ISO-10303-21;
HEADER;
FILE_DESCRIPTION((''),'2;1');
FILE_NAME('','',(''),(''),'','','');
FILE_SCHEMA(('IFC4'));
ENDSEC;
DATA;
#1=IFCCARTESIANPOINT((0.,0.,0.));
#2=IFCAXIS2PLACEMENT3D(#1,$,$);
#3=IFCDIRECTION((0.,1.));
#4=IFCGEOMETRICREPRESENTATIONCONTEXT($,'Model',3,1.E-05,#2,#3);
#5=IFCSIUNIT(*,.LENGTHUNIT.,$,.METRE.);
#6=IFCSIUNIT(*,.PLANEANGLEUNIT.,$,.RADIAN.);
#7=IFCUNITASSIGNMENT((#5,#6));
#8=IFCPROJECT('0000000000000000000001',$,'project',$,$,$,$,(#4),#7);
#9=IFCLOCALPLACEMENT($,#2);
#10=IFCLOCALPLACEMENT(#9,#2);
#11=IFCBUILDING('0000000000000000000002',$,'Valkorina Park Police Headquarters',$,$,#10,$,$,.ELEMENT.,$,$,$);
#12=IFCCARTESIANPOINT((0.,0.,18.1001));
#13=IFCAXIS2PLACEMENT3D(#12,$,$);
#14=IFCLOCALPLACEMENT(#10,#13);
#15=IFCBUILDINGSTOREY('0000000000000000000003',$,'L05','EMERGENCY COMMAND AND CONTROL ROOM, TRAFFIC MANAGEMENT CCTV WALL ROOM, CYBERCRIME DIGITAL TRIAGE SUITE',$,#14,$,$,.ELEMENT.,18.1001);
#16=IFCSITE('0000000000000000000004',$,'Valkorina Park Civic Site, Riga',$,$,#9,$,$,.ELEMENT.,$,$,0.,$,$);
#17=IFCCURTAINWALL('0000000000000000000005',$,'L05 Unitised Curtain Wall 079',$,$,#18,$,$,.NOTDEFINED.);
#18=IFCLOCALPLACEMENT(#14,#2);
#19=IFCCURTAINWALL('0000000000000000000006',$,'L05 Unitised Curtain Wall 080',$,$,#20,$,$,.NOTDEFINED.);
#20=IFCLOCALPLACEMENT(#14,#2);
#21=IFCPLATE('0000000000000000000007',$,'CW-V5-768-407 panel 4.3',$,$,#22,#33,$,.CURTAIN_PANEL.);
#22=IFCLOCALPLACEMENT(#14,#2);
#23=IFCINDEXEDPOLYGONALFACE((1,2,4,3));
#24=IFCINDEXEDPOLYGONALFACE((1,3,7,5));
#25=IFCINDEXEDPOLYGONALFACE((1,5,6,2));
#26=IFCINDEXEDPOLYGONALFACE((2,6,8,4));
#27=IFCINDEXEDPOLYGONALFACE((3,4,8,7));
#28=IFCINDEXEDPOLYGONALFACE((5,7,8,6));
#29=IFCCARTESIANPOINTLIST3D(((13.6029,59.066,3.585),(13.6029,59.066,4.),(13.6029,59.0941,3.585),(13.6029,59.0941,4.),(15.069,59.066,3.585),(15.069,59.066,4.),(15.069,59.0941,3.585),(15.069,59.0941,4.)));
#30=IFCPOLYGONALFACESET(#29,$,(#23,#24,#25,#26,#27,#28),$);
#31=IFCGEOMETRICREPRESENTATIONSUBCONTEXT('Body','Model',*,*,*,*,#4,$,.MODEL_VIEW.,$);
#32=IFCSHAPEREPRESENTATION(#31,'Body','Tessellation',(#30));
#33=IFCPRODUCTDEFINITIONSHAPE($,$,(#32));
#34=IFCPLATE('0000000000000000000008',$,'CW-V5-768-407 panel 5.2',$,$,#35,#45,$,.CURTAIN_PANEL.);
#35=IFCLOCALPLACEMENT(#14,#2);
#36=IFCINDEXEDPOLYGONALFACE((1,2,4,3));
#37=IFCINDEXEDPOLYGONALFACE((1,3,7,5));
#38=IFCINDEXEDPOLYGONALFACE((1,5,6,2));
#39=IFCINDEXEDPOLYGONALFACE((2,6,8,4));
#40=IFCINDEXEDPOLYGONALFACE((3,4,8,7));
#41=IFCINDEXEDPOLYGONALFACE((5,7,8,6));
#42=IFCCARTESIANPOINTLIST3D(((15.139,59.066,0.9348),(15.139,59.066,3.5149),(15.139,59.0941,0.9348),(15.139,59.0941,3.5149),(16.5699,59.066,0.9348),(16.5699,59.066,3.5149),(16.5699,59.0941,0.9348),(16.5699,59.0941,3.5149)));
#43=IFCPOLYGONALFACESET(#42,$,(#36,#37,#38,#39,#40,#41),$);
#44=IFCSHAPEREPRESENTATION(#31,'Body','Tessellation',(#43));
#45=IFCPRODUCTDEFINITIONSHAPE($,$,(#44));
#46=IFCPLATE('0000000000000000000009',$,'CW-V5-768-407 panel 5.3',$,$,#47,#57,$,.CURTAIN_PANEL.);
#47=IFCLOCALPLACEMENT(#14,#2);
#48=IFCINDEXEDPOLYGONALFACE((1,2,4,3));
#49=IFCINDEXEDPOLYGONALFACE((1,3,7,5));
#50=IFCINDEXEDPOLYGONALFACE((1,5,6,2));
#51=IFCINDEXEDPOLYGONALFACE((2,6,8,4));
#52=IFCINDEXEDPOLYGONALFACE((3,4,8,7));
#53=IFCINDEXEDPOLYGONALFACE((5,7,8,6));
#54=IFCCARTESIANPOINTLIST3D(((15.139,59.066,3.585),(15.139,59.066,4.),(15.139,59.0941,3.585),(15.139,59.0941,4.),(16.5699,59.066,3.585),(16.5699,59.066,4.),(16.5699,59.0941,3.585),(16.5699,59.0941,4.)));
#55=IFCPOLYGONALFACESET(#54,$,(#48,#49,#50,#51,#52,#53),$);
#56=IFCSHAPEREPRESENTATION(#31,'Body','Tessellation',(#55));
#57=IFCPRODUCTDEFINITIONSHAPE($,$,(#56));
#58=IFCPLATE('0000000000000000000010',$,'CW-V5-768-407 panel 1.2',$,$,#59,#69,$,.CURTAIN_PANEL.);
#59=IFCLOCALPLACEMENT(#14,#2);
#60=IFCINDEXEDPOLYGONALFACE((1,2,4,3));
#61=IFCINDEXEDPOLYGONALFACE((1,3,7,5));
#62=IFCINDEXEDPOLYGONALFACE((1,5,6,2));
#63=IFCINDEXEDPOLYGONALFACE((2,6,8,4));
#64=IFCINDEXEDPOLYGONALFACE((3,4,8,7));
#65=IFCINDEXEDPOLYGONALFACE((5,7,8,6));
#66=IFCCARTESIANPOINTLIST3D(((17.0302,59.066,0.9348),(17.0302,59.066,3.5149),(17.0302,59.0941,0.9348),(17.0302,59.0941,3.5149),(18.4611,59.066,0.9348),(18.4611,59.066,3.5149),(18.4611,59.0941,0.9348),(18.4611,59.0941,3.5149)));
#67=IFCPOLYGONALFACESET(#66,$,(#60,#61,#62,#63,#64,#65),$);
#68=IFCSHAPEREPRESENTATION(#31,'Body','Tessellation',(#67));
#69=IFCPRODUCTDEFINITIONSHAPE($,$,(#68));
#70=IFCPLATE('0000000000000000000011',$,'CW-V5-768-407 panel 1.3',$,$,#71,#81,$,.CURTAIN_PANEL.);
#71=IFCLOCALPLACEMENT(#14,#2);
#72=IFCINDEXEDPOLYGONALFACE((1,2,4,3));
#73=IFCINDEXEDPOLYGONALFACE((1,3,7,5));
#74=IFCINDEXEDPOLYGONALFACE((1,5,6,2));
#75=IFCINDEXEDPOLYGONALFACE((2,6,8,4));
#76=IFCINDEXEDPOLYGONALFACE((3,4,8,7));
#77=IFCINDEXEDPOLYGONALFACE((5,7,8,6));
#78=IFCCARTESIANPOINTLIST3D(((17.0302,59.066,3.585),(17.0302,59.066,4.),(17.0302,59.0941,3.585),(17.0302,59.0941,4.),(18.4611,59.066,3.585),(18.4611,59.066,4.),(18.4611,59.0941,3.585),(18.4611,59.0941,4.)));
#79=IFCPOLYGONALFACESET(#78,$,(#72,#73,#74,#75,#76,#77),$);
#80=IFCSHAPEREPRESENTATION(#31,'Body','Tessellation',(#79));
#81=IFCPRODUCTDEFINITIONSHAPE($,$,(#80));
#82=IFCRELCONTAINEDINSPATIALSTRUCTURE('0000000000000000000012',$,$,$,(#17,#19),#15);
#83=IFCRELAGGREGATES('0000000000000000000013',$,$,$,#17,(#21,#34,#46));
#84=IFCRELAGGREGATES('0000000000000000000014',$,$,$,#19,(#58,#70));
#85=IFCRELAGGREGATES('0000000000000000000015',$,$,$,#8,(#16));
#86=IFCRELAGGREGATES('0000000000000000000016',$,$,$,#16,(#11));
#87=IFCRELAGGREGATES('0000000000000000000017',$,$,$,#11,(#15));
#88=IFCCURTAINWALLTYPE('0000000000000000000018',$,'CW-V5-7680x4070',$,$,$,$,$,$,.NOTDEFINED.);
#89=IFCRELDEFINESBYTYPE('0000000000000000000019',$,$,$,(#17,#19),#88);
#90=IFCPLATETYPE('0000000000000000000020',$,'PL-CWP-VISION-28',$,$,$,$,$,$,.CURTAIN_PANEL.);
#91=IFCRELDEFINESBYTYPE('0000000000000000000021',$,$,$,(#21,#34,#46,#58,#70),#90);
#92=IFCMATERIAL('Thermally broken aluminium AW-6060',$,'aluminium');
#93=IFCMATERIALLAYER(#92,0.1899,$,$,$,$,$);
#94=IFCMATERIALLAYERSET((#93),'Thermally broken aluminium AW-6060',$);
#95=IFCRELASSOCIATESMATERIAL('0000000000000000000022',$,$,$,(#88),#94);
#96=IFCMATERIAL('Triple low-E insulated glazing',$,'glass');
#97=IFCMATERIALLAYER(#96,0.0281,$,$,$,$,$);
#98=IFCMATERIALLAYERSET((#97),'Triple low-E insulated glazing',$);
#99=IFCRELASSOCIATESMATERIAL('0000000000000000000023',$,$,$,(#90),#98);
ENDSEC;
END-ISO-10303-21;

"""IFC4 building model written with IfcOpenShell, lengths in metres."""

from ifc_helpers import new_model, si_unit, direction, frame, origin, origin_2d, place, context, subcontext, project, spatial, rectangle, extrude, material, layer, layer_set, type_object, element, aggregate, save


model = new_model("IFC4")

# Units and contexts
model_context = context("Model", 3, precision=1e-05, world=origin(), true_north=direction((0.0, 1.0)))
body_context = subcontext(model_context, "Body", "Model", "MODEL_VIEW")
ifc_project = project(units=[si_unit("LENGTHUNIT", "METRE"), si_unit("PLANEANGLEUNIT", "RADIAN")], contexts=[model_context])

# Site, building, storey
site_placement = place(None, origin())
site = spatial("IfcSite", under=ifc_project, at=site_placement, Name="Valkorina Park Civic Site, Riga", CompositionType="ELEMENT", RefElevation=0.0)
building_placement = place(site_placement, origin())
building = spatial("IfcBuilding", under=site, at=building_placement, Name="Valkorina Park Police Headquarters", CompositionType="ELEMENT")
storey_placement = place(building_placement, frame((0.0, 0.0, 18.1001)))
storey = spatial("IfcBuildingStorey", under=building, at=storey_placement, Name="L05", Description="EMERGENCY COMMAND AND CONTROL ROOM, TRAFFIC MANAGEMENT CCTV WALL ROOM, CYBERCRIME DIGITAL TRIAGE SUITE", CompositionType="ELEMENT", Elevation=18.1001)

# Curtain walls
ifc_material_1 = material(Name="Thermally broken aluminium AW-6060", Category="aluminium")
ifc_layer_1 = layer(ifc_material_1, 0.1899)
ifc_layer_set_1 = layer_set([ifc_layer_1], Name="Thermally broken aluminium AW-6060")
curtain_wall_type = type_object("IfcCurtainWallType", Name="CW-V5-7680x4070", PredefinedType="NOTDEFINED", material=ifc_layer_set_1)
curtain_wall_1_placement = place(storey_placement, origin())
curtain_wall_1 = element("IfcCurtainWall", 1, at=curtain_wall_1_placement, inside=storey, type_object=curtain_wall_type, Name="L05 Unitised Curtain Wall 079", PredefinedType="NOTDEFINED")
curtain_wall_2_placement = place(storey_placement, origin())
curtain_wall_2 = element("IfcCurtainWall", 2, at=curtain_wall_2_placement, inside=storey, type_object=curtain_wall_type, Name="L05 Unitised Curtain Wall 080", PredefinedType="NOTDEFINED")

# Plates
ifc_material_2 = material(Name="Triple low-E insulated glazing", Category="glass")
ifc_layer_2 = layer(ifc_material_2, 0.0281)
ifc_layer_set_2 = layer_set([ifc_layer_2], Name="Triple low-E insulated glazing")
plate_type_1 = type_object("IfcPlateType", Name="PL-CWP-VISION-28", PredefinedType="CURTAIN_PANEL", material=ifc_layer_set_2)
plate_1_placement = place(storey_placement, frame((14.3359, 59.0801, 3.585), z_axis=(0.0, 0.0, 1.0), x_axis=(1.0, 0.0, 0.0)))
plate_1 = element("IfcPlate", 3, at=plate_1_placement, type_object=plate_type_1, Name="CW-V5-768-407 panel 4.3", PredefinedType="CURTAIN_PANEL", context=body_context, shape_type="SweptSolid", body=[
    extrude(rectangle(XDim=1.4661, YDim=0.0281, at=origin_2d()), origin(), (0.0, 0.0, 1.0), 0.415),
])
plate_2_placement = place(storey_placement, frame((15.8545, 59.0801, 0.9348), z_axis=(0.0, 0.0, 1.0), x_axis=(1.0, 0.0, 0.0)))
plate_2 = element("IfcPlate", 4, at=plate_2_placement, type_object=plate_type_1, Name="CW-V5-768-407 panel 5.2", PredefinedType="CURTAIN_PANEL", context=body_context, shape_type="SweptSolid", body=[
    extrude(rectangle(XDim=1.4309, YDim=0.0281, at=origin_2d()), origin(), (0.0, 0.0, 1.0), 2.5801),
])
plate_3_placement = place(storey_placement, frame((15.8545, 59.0801, 3.585), z_axis=(0.0, 0.0, 1.0), x_axis=(1.0, 0.0, 0.0)))
plate_3 = element("IfcPlate", 5, at=plate_3_placement, type_object=plate_type_1, Name="CW-V5-768-407 panel 5.3", PredefinedType="CURTAIN_PANEL", context=body_context, shape_type="SweptSolid", body=[
    extrude(rectangle(XDim=1.4309, YDim=0.0281, at=origin_2d()), origin(), (0.0, 0.0, 1.0), 0.415),
])
aggregate(curtain_wall_1, [plate_1, plate_2, plate_3])
plate_4_placement = place(storey_placement, frame((17.7456, 59.0801, 0.9348), z_axis=(0.0, 0.0, 1.0), x_axis=(1.0, 0.0, 0.0)))
plate_4 = element("IfcPlate", 6, at=plate_4_placement, type_object=plate_type_1, Name="CW-V5-768-407 panel 1.2", PredefinedType="CURTAIN_PANEL", context=body_context, shape_type="SweptSolid", body=[
    extrude(rectangle(XDim=1.4309, YDim=0.0281, at=origin_2d()), origin(), (0.0, 0.0, 1.0), 2.5801),
])
plate_5_placement = place(storey_placement, frame((17.7456, 59.0801, 3.585), z_axis=(0.0, 0.0, 1.0), x_axis=(1.0, 0.0, 0.0)))
plate_5 = element("IfcPlate", 7, at=plate_5_placement, type_object=plate_type_1, Name="CW-V5-768-407 panel 1.3", PredefinedType="CURTAIN_PANEL", context=body_context, shape_type="SweptSolid", body=[
    extrude(rectangle(XDim=1.4309, YDim=0.0281, at=origin_2d()), origin(), (0.0, 0.0, 1.0), 0.415),
])
aggregate(curtain_wall_2, [plate_4, plate_5])

save(model, "model.ifc")
